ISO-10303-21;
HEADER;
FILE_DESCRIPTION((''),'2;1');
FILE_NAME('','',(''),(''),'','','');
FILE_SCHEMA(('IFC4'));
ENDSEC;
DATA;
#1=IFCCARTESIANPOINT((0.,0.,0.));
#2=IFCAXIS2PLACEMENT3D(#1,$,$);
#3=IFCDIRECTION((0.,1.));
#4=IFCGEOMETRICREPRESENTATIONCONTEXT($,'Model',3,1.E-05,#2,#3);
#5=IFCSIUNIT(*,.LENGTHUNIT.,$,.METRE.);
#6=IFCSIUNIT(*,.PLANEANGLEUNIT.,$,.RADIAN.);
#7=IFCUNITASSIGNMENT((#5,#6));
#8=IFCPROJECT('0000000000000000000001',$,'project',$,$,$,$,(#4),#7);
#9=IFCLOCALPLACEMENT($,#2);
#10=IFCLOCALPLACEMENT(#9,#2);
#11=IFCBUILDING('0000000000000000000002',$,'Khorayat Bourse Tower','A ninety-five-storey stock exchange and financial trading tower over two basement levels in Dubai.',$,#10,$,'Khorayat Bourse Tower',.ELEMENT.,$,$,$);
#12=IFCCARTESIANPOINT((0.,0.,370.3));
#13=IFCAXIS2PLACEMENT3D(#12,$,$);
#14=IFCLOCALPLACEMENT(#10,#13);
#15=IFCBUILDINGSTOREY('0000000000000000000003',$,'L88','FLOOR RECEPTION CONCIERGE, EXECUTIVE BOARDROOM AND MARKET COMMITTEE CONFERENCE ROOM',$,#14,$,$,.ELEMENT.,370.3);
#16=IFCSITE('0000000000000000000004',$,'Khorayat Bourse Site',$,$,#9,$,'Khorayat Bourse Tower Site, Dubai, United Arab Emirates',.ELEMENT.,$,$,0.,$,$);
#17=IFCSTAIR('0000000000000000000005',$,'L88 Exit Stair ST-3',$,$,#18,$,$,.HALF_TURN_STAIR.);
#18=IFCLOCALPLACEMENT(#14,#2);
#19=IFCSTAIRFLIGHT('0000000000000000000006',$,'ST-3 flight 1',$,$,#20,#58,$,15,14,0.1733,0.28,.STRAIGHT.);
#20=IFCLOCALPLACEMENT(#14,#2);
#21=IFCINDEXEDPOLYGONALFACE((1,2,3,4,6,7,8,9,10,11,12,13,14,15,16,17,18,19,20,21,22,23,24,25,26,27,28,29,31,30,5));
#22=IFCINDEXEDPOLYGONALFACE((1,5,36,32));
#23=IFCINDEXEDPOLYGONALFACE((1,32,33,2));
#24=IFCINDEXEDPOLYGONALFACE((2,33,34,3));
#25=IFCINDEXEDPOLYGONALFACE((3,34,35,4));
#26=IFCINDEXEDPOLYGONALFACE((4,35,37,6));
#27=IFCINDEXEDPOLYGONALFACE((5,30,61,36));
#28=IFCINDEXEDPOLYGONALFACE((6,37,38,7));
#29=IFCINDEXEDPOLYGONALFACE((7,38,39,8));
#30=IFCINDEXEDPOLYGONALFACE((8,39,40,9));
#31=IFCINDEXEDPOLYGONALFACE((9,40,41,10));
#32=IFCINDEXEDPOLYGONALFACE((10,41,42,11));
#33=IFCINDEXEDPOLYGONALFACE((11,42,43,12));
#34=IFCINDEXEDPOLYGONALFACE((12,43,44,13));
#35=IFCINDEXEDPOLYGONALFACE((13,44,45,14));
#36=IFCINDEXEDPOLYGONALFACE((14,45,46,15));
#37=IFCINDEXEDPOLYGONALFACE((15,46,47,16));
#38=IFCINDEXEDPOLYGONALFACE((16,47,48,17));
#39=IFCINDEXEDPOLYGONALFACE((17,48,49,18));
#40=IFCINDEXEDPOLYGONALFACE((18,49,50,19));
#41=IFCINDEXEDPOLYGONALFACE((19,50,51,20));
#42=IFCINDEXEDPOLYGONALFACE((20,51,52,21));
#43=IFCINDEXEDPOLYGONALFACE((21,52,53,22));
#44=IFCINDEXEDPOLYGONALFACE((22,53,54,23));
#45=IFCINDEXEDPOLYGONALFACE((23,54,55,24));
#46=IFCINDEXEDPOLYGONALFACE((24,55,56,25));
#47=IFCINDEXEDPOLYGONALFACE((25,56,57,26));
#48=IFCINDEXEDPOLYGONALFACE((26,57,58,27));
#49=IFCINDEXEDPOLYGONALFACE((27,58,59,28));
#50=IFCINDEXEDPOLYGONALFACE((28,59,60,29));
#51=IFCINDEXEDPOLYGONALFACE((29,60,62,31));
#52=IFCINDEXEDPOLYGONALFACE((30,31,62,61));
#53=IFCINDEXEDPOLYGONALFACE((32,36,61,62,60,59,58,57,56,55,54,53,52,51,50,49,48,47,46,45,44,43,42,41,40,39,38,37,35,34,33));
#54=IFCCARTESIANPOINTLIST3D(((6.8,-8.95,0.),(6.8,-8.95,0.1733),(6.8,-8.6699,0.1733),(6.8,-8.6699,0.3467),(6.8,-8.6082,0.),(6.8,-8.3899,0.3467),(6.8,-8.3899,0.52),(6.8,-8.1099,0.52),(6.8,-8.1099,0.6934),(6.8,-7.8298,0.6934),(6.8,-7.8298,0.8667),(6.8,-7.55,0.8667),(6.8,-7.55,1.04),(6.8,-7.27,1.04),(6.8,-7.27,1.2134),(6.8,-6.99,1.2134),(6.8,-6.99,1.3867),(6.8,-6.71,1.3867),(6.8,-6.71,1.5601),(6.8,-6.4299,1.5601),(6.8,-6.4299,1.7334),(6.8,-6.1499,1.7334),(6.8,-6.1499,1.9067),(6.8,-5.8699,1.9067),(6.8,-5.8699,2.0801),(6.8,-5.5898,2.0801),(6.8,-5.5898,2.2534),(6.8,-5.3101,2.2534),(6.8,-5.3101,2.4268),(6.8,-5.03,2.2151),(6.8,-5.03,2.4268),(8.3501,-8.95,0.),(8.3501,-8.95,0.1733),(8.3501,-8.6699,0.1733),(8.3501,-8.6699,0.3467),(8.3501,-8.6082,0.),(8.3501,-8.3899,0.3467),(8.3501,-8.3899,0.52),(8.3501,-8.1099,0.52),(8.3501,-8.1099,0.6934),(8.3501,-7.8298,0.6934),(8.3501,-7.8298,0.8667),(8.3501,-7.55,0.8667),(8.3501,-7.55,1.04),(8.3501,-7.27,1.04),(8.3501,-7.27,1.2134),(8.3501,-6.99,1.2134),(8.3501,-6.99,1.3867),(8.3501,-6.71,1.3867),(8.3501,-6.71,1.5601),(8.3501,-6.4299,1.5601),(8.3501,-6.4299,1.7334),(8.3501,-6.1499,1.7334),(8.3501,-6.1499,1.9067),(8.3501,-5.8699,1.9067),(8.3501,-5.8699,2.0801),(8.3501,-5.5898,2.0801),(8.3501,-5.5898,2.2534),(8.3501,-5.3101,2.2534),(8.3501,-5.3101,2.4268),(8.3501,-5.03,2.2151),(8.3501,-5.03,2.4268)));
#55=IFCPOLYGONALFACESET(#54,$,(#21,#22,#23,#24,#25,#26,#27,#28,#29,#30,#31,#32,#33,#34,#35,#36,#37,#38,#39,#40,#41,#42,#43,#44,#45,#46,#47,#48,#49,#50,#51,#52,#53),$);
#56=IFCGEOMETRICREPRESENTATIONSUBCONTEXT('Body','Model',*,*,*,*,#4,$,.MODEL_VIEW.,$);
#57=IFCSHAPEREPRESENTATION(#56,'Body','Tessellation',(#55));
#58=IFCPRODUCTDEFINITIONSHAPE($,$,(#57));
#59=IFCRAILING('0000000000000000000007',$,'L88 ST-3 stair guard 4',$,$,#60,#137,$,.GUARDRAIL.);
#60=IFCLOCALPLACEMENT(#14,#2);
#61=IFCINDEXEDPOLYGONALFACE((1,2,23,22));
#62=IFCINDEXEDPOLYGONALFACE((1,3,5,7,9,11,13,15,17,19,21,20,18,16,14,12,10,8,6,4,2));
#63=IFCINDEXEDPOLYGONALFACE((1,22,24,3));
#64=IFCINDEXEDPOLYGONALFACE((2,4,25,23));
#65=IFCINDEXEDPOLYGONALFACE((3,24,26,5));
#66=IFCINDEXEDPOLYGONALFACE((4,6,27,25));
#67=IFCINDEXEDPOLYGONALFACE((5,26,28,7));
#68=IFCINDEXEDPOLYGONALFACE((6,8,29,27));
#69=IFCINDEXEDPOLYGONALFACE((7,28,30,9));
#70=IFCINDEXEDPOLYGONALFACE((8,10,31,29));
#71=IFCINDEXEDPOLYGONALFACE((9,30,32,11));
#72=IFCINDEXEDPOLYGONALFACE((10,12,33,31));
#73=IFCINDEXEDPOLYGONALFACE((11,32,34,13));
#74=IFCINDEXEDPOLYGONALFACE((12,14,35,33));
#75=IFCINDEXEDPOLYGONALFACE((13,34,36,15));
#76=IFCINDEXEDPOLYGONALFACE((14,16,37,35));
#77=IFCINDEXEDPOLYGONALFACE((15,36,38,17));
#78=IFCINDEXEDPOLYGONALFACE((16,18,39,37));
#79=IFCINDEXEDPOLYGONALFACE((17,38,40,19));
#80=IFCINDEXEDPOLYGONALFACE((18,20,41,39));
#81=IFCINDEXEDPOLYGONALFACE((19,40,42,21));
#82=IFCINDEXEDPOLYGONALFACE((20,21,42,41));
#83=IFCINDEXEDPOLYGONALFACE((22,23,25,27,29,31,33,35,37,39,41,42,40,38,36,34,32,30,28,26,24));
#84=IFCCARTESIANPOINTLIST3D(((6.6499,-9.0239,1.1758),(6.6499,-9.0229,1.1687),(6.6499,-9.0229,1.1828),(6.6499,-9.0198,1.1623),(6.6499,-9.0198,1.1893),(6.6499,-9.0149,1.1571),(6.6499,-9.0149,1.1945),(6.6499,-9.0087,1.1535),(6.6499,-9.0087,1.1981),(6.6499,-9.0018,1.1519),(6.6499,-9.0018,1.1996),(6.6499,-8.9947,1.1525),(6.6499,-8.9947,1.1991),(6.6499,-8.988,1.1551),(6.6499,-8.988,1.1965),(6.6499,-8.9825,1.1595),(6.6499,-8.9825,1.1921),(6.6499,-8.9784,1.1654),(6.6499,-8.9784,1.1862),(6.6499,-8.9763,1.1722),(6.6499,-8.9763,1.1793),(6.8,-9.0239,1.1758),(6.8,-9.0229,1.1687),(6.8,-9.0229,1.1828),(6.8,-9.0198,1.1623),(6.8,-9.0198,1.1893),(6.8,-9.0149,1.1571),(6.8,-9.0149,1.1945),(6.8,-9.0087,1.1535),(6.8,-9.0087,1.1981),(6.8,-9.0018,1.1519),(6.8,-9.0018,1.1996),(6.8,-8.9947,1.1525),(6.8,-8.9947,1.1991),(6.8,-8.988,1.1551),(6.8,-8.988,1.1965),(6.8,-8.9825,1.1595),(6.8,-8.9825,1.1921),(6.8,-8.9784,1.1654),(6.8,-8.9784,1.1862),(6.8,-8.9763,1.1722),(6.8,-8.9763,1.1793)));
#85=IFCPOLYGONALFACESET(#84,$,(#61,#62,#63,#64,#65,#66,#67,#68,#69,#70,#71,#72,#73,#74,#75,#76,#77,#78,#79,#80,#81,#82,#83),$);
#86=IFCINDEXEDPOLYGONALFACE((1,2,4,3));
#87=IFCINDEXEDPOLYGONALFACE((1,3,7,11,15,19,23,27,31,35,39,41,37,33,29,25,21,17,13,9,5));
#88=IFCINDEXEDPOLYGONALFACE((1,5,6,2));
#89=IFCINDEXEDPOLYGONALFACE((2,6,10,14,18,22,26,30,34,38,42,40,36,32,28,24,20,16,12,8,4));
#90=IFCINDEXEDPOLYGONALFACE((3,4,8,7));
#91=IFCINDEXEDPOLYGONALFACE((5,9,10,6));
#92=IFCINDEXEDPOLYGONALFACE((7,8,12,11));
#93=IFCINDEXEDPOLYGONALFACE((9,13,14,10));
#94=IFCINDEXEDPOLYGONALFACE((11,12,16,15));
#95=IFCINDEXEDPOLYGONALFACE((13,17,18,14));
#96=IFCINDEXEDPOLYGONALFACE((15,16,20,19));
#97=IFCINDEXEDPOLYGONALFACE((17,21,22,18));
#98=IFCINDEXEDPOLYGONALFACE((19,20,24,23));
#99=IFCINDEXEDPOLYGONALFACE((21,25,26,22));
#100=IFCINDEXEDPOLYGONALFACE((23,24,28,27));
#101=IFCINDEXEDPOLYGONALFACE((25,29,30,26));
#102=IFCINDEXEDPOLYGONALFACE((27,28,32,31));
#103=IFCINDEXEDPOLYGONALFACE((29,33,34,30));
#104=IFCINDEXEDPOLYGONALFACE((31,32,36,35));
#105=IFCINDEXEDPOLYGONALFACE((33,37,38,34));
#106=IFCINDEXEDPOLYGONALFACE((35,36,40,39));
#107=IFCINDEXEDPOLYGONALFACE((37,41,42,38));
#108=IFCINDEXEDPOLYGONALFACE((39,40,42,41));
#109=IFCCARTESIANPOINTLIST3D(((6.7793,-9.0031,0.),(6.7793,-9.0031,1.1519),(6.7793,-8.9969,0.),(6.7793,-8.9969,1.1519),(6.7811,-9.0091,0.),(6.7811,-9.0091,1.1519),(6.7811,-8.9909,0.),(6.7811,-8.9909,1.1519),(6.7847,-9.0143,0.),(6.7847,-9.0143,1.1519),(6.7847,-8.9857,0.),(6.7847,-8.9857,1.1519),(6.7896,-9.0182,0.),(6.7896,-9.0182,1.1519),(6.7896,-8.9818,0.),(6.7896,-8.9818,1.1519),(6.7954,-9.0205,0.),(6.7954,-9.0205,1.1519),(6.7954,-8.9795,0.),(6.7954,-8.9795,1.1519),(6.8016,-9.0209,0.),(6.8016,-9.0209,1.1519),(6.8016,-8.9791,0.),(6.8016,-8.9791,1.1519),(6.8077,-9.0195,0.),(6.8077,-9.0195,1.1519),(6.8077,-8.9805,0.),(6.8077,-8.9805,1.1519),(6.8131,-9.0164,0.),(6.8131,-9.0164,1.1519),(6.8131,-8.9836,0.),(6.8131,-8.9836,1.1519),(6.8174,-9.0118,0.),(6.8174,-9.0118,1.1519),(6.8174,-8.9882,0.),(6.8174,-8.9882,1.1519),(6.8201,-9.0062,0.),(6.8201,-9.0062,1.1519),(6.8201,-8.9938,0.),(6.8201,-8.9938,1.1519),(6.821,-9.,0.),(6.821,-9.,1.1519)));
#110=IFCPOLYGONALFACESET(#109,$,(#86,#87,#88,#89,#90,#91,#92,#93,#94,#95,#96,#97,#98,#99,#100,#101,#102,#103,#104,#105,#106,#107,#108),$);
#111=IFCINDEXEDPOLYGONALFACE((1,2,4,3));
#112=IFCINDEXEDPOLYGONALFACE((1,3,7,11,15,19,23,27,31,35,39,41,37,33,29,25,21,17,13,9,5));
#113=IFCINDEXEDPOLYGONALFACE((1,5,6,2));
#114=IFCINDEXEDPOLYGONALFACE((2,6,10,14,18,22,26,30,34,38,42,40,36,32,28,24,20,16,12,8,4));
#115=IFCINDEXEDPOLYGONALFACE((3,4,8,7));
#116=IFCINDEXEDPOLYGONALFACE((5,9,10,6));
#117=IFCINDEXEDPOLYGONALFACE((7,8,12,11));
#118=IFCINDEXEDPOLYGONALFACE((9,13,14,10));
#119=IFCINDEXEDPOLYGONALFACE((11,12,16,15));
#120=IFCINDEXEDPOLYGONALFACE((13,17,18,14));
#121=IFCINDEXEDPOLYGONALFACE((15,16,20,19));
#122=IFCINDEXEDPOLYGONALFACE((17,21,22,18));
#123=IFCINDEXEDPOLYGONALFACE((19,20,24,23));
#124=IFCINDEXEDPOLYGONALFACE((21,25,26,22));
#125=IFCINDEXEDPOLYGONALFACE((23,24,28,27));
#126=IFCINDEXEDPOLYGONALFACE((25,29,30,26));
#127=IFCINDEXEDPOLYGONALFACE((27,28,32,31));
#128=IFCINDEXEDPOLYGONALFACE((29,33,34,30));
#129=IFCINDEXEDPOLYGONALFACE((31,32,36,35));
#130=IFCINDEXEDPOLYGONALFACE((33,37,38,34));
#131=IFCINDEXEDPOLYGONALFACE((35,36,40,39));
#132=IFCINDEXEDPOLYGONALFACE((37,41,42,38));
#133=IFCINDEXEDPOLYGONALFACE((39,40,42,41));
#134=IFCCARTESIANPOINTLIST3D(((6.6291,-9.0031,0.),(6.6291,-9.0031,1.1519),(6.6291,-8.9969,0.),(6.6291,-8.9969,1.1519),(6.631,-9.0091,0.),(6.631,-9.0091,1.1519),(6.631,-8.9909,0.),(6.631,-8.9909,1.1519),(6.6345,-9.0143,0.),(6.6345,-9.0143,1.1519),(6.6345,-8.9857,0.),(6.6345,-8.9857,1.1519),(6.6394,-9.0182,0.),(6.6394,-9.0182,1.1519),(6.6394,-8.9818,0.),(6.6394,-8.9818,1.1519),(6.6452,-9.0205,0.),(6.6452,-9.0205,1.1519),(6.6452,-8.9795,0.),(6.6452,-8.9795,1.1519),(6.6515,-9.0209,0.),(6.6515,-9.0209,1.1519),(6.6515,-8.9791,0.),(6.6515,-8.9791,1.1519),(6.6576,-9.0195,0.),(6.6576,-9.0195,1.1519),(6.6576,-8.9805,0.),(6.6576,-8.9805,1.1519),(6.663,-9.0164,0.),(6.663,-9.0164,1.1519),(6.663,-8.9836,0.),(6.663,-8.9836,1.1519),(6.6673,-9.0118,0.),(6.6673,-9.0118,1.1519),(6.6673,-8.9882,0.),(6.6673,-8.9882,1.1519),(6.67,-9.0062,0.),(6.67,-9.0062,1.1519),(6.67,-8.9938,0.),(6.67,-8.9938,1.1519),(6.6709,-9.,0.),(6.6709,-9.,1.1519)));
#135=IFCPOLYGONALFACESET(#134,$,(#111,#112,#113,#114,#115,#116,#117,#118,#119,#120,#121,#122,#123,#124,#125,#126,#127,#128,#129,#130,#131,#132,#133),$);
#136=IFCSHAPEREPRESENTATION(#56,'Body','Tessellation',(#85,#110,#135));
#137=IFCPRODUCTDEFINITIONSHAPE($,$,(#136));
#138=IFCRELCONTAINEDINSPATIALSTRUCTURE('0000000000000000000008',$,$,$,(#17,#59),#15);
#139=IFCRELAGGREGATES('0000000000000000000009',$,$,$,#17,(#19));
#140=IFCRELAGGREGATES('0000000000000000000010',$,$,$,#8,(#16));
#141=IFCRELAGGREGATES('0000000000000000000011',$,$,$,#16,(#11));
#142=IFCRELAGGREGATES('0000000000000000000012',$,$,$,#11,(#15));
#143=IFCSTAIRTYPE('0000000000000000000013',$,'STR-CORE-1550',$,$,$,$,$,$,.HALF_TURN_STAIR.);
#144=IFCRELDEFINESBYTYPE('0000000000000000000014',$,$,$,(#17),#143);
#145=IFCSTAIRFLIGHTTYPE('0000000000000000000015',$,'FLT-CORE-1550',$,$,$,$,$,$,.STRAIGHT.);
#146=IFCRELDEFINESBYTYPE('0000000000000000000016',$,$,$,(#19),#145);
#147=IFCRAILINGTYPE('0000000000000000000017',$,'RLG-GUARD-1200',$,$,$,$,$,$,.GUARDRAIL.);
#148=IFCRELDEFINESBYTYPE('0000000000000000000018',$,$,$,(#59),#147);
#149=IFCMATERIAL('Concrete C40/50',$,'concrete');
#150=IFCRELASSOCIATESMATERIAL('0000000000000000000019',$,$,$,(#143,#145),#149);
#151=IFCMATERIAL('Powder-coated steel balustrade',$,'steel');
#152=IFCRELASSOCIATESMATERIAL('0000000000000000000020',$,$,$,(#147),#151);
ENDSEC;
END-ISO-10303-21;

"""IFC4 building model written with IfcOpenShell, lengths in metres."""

from ifc_helpers import new_model, si_unit, direction, frame, origin, origin_2d, place, context, subcontext, project, spatial, polyline, circle, outline, extrude, source, transform, mapped, material, type_object, element, aggregate, save


model = new_model("IFC4")

# Units and contexts
model_context = context("Model", 3, precision=1e-05, world=origin(), true_north=direction((0.0, 1.0)))
body_context = subcontext(model_context, "Body", "Model", "MODEL_VIEW")
ifc_project = project(units=[si_unit("LENGTHUNIT", "METRE"), si_unit("PLANEANGLEUNIT", "RADIAN")], contexts=[model_context])

# Site, building, storey
site_placement = place(None, origin())
site = spatial("IfcSite", under=ifc_project, at=site_placement, Name="Khorayat Bourse Site", LongName="Khorayat Bourse Tower Site, Dubai, United Arab Emirates", CompositionType="ELEMENT", RefElevation=0.0)
building_placement = place(site_placement, origin())
building = spatial("IfcBuilding", under=site, at=building_placement, Name="Khorayat Bourse Tower", Description="A ninety-five-storey stock exchange and financial trading tower over two basement levels in Dubai.", LongName="Khorayat Bourse Tower", CompositionType="ELEMENT")
storey_placement = place(building_placement, frame((0.0, 0.0, 370.3)))
storey = spatial("IfcBuildingStorey", under=building, at=storey_placement, Name="L88", Description="FLOOR RECEPTION CONCIERGE, EXECUTIVE BOARDROOM AND MARKET COMMITTEE CONFERENCE ROOM", CompositionType="ELEMENT", Elevation=370.3)

# Stair, stair flight
ifc_material_1 = material(Name="Concrete C40/50", Category="concrete")
stair_type = type_object("IfcStairType", Name="STR-CORE-1550", PredefinedType="HALF_TURN_STAIR", material=ifc_material_1)
stair_placement = place(storey_placement, origin())
stair = element("IfcStair", 1, at=stair_placement, inside=storey, type_object=stair_type, Name="L88 Exit Stair ST-3", PredefinedType="HALF_TURN_STAIR")
stair_flight_type = type_object("IfcStairFlightType", Name="FLT-CORE-1550", PredefinedType="STRAIGHT", material=ifc_material_1)
shared_shape_1 = source(origin(), body_context, "Body", "SweptSolid", [
    extrude(outline(polyline([(0.0, 0.0), (0.0, 0.1733), (0.28, 0.1733), (0.28, 0.3467), (0.5601, 0.3467), (0.5601, 0.52), (0.8401, 0.52), (0.8401, 0.6934), (1.1201, 0.6934), (1.1201, 0.8667), (1.3999, 0.8667), (1.3999, 1.04), (1.6799, 1.04), (1.6799, 1.2134), (1.96, 1.2134), (1.96, 1.3867), (2.24, 1.3867), (2.24, 1.5601), (2.52, 1.5601), (2.52, 1.7334), (2.8, 1.7334), (2.8, 1.9067), (3.0801, 1.9067), (3.0801, 2.0801), (3.3601, 2.0801), (3.3601, 2.2534), (3.6399, 2.2534), (3.6399, 2.4268), (3.9199, 2.4268), (3.9199, 2.6001), (3.9199, 2.2151), (0.3418, 0.0), (0.0, 0.0)])), frame((0.0, 0.7749, 0.0), z_axis=(0.0, -1.0, 0.0), x_axis=(1.0, 0.0, 0.0)), (0.0, 0.0, 1.0), 1.55),
])
stair_flight_placement = place(storey_placement, frame((7.575, -8.95, 0.0), z_axis=(0.0, 0.0, 1.0), x_axis=(0.0, 1.0, 0.0)))
stair_flight = element("IfcStairFlight", 2, at=stair_flight_placement, type_object=stair_flight_type, Name="ST-3 flight 1", NumberOfRisers=15, NumberOfTreads=14, PredefinedType="STRAIGHT", RiserHeight=0.1733, TreadLength=0.28, context=body_context, shape_type="MappedRepresentation", body=[
    mapped(shared_shape_1, transform((0.0, 0.0, 0.0), scale=1.0)),
])
aggregate(stair, [stair_flight])

# Railing
ifc_material_2 = material(Name="Powder-coated steel balustrade", Category="steel")
railing_type_1 = type_object("IfcRailingType", Name="RLG-GUARD-1200", PredefinedType="GUARDRAIL", material=ifc_material_2)
shared_shape_2 = source(origin(), body_context, "Body", "SweptSolid", [
    extrude(circle(Radius=0.0239, at=origin_2d()), frame((0.0, 0.0, 1.1758), z_axis=(-1.0, 0.0, 0.0), x_axis=(0.0, -1.0, 0.0)), (0.0, 0.0, 1.0), 0.1501),
    extrude(circle(Radius=0.021, at=origin_2d()), origin(), (0.0, 0.0, 1.0), 1.1519),
    extrude(circle(Radius=0.021, at=origin_2d()), frame((-0.1501, 0.0, 0.0)), (0.0, 0.0, 1.0), 1.1519),
])
railing_1_placement = place(storey_placement, frame((6.8, -9.0, 0.0)))
element("IfcRailing", 3, at=railing_1_placement, inside=storey, type_object=railing_type_1, Name="L88 ST-3 stair guard 4", PredefinedType="GUARDRAIL", context=body_context, shape_type="MappedRepresentation", body=[
    mapped(shared_shape_2, transform((0.0, 0.0, 0.0), scale=1.0)),
])

save(model, "model.ifc")
